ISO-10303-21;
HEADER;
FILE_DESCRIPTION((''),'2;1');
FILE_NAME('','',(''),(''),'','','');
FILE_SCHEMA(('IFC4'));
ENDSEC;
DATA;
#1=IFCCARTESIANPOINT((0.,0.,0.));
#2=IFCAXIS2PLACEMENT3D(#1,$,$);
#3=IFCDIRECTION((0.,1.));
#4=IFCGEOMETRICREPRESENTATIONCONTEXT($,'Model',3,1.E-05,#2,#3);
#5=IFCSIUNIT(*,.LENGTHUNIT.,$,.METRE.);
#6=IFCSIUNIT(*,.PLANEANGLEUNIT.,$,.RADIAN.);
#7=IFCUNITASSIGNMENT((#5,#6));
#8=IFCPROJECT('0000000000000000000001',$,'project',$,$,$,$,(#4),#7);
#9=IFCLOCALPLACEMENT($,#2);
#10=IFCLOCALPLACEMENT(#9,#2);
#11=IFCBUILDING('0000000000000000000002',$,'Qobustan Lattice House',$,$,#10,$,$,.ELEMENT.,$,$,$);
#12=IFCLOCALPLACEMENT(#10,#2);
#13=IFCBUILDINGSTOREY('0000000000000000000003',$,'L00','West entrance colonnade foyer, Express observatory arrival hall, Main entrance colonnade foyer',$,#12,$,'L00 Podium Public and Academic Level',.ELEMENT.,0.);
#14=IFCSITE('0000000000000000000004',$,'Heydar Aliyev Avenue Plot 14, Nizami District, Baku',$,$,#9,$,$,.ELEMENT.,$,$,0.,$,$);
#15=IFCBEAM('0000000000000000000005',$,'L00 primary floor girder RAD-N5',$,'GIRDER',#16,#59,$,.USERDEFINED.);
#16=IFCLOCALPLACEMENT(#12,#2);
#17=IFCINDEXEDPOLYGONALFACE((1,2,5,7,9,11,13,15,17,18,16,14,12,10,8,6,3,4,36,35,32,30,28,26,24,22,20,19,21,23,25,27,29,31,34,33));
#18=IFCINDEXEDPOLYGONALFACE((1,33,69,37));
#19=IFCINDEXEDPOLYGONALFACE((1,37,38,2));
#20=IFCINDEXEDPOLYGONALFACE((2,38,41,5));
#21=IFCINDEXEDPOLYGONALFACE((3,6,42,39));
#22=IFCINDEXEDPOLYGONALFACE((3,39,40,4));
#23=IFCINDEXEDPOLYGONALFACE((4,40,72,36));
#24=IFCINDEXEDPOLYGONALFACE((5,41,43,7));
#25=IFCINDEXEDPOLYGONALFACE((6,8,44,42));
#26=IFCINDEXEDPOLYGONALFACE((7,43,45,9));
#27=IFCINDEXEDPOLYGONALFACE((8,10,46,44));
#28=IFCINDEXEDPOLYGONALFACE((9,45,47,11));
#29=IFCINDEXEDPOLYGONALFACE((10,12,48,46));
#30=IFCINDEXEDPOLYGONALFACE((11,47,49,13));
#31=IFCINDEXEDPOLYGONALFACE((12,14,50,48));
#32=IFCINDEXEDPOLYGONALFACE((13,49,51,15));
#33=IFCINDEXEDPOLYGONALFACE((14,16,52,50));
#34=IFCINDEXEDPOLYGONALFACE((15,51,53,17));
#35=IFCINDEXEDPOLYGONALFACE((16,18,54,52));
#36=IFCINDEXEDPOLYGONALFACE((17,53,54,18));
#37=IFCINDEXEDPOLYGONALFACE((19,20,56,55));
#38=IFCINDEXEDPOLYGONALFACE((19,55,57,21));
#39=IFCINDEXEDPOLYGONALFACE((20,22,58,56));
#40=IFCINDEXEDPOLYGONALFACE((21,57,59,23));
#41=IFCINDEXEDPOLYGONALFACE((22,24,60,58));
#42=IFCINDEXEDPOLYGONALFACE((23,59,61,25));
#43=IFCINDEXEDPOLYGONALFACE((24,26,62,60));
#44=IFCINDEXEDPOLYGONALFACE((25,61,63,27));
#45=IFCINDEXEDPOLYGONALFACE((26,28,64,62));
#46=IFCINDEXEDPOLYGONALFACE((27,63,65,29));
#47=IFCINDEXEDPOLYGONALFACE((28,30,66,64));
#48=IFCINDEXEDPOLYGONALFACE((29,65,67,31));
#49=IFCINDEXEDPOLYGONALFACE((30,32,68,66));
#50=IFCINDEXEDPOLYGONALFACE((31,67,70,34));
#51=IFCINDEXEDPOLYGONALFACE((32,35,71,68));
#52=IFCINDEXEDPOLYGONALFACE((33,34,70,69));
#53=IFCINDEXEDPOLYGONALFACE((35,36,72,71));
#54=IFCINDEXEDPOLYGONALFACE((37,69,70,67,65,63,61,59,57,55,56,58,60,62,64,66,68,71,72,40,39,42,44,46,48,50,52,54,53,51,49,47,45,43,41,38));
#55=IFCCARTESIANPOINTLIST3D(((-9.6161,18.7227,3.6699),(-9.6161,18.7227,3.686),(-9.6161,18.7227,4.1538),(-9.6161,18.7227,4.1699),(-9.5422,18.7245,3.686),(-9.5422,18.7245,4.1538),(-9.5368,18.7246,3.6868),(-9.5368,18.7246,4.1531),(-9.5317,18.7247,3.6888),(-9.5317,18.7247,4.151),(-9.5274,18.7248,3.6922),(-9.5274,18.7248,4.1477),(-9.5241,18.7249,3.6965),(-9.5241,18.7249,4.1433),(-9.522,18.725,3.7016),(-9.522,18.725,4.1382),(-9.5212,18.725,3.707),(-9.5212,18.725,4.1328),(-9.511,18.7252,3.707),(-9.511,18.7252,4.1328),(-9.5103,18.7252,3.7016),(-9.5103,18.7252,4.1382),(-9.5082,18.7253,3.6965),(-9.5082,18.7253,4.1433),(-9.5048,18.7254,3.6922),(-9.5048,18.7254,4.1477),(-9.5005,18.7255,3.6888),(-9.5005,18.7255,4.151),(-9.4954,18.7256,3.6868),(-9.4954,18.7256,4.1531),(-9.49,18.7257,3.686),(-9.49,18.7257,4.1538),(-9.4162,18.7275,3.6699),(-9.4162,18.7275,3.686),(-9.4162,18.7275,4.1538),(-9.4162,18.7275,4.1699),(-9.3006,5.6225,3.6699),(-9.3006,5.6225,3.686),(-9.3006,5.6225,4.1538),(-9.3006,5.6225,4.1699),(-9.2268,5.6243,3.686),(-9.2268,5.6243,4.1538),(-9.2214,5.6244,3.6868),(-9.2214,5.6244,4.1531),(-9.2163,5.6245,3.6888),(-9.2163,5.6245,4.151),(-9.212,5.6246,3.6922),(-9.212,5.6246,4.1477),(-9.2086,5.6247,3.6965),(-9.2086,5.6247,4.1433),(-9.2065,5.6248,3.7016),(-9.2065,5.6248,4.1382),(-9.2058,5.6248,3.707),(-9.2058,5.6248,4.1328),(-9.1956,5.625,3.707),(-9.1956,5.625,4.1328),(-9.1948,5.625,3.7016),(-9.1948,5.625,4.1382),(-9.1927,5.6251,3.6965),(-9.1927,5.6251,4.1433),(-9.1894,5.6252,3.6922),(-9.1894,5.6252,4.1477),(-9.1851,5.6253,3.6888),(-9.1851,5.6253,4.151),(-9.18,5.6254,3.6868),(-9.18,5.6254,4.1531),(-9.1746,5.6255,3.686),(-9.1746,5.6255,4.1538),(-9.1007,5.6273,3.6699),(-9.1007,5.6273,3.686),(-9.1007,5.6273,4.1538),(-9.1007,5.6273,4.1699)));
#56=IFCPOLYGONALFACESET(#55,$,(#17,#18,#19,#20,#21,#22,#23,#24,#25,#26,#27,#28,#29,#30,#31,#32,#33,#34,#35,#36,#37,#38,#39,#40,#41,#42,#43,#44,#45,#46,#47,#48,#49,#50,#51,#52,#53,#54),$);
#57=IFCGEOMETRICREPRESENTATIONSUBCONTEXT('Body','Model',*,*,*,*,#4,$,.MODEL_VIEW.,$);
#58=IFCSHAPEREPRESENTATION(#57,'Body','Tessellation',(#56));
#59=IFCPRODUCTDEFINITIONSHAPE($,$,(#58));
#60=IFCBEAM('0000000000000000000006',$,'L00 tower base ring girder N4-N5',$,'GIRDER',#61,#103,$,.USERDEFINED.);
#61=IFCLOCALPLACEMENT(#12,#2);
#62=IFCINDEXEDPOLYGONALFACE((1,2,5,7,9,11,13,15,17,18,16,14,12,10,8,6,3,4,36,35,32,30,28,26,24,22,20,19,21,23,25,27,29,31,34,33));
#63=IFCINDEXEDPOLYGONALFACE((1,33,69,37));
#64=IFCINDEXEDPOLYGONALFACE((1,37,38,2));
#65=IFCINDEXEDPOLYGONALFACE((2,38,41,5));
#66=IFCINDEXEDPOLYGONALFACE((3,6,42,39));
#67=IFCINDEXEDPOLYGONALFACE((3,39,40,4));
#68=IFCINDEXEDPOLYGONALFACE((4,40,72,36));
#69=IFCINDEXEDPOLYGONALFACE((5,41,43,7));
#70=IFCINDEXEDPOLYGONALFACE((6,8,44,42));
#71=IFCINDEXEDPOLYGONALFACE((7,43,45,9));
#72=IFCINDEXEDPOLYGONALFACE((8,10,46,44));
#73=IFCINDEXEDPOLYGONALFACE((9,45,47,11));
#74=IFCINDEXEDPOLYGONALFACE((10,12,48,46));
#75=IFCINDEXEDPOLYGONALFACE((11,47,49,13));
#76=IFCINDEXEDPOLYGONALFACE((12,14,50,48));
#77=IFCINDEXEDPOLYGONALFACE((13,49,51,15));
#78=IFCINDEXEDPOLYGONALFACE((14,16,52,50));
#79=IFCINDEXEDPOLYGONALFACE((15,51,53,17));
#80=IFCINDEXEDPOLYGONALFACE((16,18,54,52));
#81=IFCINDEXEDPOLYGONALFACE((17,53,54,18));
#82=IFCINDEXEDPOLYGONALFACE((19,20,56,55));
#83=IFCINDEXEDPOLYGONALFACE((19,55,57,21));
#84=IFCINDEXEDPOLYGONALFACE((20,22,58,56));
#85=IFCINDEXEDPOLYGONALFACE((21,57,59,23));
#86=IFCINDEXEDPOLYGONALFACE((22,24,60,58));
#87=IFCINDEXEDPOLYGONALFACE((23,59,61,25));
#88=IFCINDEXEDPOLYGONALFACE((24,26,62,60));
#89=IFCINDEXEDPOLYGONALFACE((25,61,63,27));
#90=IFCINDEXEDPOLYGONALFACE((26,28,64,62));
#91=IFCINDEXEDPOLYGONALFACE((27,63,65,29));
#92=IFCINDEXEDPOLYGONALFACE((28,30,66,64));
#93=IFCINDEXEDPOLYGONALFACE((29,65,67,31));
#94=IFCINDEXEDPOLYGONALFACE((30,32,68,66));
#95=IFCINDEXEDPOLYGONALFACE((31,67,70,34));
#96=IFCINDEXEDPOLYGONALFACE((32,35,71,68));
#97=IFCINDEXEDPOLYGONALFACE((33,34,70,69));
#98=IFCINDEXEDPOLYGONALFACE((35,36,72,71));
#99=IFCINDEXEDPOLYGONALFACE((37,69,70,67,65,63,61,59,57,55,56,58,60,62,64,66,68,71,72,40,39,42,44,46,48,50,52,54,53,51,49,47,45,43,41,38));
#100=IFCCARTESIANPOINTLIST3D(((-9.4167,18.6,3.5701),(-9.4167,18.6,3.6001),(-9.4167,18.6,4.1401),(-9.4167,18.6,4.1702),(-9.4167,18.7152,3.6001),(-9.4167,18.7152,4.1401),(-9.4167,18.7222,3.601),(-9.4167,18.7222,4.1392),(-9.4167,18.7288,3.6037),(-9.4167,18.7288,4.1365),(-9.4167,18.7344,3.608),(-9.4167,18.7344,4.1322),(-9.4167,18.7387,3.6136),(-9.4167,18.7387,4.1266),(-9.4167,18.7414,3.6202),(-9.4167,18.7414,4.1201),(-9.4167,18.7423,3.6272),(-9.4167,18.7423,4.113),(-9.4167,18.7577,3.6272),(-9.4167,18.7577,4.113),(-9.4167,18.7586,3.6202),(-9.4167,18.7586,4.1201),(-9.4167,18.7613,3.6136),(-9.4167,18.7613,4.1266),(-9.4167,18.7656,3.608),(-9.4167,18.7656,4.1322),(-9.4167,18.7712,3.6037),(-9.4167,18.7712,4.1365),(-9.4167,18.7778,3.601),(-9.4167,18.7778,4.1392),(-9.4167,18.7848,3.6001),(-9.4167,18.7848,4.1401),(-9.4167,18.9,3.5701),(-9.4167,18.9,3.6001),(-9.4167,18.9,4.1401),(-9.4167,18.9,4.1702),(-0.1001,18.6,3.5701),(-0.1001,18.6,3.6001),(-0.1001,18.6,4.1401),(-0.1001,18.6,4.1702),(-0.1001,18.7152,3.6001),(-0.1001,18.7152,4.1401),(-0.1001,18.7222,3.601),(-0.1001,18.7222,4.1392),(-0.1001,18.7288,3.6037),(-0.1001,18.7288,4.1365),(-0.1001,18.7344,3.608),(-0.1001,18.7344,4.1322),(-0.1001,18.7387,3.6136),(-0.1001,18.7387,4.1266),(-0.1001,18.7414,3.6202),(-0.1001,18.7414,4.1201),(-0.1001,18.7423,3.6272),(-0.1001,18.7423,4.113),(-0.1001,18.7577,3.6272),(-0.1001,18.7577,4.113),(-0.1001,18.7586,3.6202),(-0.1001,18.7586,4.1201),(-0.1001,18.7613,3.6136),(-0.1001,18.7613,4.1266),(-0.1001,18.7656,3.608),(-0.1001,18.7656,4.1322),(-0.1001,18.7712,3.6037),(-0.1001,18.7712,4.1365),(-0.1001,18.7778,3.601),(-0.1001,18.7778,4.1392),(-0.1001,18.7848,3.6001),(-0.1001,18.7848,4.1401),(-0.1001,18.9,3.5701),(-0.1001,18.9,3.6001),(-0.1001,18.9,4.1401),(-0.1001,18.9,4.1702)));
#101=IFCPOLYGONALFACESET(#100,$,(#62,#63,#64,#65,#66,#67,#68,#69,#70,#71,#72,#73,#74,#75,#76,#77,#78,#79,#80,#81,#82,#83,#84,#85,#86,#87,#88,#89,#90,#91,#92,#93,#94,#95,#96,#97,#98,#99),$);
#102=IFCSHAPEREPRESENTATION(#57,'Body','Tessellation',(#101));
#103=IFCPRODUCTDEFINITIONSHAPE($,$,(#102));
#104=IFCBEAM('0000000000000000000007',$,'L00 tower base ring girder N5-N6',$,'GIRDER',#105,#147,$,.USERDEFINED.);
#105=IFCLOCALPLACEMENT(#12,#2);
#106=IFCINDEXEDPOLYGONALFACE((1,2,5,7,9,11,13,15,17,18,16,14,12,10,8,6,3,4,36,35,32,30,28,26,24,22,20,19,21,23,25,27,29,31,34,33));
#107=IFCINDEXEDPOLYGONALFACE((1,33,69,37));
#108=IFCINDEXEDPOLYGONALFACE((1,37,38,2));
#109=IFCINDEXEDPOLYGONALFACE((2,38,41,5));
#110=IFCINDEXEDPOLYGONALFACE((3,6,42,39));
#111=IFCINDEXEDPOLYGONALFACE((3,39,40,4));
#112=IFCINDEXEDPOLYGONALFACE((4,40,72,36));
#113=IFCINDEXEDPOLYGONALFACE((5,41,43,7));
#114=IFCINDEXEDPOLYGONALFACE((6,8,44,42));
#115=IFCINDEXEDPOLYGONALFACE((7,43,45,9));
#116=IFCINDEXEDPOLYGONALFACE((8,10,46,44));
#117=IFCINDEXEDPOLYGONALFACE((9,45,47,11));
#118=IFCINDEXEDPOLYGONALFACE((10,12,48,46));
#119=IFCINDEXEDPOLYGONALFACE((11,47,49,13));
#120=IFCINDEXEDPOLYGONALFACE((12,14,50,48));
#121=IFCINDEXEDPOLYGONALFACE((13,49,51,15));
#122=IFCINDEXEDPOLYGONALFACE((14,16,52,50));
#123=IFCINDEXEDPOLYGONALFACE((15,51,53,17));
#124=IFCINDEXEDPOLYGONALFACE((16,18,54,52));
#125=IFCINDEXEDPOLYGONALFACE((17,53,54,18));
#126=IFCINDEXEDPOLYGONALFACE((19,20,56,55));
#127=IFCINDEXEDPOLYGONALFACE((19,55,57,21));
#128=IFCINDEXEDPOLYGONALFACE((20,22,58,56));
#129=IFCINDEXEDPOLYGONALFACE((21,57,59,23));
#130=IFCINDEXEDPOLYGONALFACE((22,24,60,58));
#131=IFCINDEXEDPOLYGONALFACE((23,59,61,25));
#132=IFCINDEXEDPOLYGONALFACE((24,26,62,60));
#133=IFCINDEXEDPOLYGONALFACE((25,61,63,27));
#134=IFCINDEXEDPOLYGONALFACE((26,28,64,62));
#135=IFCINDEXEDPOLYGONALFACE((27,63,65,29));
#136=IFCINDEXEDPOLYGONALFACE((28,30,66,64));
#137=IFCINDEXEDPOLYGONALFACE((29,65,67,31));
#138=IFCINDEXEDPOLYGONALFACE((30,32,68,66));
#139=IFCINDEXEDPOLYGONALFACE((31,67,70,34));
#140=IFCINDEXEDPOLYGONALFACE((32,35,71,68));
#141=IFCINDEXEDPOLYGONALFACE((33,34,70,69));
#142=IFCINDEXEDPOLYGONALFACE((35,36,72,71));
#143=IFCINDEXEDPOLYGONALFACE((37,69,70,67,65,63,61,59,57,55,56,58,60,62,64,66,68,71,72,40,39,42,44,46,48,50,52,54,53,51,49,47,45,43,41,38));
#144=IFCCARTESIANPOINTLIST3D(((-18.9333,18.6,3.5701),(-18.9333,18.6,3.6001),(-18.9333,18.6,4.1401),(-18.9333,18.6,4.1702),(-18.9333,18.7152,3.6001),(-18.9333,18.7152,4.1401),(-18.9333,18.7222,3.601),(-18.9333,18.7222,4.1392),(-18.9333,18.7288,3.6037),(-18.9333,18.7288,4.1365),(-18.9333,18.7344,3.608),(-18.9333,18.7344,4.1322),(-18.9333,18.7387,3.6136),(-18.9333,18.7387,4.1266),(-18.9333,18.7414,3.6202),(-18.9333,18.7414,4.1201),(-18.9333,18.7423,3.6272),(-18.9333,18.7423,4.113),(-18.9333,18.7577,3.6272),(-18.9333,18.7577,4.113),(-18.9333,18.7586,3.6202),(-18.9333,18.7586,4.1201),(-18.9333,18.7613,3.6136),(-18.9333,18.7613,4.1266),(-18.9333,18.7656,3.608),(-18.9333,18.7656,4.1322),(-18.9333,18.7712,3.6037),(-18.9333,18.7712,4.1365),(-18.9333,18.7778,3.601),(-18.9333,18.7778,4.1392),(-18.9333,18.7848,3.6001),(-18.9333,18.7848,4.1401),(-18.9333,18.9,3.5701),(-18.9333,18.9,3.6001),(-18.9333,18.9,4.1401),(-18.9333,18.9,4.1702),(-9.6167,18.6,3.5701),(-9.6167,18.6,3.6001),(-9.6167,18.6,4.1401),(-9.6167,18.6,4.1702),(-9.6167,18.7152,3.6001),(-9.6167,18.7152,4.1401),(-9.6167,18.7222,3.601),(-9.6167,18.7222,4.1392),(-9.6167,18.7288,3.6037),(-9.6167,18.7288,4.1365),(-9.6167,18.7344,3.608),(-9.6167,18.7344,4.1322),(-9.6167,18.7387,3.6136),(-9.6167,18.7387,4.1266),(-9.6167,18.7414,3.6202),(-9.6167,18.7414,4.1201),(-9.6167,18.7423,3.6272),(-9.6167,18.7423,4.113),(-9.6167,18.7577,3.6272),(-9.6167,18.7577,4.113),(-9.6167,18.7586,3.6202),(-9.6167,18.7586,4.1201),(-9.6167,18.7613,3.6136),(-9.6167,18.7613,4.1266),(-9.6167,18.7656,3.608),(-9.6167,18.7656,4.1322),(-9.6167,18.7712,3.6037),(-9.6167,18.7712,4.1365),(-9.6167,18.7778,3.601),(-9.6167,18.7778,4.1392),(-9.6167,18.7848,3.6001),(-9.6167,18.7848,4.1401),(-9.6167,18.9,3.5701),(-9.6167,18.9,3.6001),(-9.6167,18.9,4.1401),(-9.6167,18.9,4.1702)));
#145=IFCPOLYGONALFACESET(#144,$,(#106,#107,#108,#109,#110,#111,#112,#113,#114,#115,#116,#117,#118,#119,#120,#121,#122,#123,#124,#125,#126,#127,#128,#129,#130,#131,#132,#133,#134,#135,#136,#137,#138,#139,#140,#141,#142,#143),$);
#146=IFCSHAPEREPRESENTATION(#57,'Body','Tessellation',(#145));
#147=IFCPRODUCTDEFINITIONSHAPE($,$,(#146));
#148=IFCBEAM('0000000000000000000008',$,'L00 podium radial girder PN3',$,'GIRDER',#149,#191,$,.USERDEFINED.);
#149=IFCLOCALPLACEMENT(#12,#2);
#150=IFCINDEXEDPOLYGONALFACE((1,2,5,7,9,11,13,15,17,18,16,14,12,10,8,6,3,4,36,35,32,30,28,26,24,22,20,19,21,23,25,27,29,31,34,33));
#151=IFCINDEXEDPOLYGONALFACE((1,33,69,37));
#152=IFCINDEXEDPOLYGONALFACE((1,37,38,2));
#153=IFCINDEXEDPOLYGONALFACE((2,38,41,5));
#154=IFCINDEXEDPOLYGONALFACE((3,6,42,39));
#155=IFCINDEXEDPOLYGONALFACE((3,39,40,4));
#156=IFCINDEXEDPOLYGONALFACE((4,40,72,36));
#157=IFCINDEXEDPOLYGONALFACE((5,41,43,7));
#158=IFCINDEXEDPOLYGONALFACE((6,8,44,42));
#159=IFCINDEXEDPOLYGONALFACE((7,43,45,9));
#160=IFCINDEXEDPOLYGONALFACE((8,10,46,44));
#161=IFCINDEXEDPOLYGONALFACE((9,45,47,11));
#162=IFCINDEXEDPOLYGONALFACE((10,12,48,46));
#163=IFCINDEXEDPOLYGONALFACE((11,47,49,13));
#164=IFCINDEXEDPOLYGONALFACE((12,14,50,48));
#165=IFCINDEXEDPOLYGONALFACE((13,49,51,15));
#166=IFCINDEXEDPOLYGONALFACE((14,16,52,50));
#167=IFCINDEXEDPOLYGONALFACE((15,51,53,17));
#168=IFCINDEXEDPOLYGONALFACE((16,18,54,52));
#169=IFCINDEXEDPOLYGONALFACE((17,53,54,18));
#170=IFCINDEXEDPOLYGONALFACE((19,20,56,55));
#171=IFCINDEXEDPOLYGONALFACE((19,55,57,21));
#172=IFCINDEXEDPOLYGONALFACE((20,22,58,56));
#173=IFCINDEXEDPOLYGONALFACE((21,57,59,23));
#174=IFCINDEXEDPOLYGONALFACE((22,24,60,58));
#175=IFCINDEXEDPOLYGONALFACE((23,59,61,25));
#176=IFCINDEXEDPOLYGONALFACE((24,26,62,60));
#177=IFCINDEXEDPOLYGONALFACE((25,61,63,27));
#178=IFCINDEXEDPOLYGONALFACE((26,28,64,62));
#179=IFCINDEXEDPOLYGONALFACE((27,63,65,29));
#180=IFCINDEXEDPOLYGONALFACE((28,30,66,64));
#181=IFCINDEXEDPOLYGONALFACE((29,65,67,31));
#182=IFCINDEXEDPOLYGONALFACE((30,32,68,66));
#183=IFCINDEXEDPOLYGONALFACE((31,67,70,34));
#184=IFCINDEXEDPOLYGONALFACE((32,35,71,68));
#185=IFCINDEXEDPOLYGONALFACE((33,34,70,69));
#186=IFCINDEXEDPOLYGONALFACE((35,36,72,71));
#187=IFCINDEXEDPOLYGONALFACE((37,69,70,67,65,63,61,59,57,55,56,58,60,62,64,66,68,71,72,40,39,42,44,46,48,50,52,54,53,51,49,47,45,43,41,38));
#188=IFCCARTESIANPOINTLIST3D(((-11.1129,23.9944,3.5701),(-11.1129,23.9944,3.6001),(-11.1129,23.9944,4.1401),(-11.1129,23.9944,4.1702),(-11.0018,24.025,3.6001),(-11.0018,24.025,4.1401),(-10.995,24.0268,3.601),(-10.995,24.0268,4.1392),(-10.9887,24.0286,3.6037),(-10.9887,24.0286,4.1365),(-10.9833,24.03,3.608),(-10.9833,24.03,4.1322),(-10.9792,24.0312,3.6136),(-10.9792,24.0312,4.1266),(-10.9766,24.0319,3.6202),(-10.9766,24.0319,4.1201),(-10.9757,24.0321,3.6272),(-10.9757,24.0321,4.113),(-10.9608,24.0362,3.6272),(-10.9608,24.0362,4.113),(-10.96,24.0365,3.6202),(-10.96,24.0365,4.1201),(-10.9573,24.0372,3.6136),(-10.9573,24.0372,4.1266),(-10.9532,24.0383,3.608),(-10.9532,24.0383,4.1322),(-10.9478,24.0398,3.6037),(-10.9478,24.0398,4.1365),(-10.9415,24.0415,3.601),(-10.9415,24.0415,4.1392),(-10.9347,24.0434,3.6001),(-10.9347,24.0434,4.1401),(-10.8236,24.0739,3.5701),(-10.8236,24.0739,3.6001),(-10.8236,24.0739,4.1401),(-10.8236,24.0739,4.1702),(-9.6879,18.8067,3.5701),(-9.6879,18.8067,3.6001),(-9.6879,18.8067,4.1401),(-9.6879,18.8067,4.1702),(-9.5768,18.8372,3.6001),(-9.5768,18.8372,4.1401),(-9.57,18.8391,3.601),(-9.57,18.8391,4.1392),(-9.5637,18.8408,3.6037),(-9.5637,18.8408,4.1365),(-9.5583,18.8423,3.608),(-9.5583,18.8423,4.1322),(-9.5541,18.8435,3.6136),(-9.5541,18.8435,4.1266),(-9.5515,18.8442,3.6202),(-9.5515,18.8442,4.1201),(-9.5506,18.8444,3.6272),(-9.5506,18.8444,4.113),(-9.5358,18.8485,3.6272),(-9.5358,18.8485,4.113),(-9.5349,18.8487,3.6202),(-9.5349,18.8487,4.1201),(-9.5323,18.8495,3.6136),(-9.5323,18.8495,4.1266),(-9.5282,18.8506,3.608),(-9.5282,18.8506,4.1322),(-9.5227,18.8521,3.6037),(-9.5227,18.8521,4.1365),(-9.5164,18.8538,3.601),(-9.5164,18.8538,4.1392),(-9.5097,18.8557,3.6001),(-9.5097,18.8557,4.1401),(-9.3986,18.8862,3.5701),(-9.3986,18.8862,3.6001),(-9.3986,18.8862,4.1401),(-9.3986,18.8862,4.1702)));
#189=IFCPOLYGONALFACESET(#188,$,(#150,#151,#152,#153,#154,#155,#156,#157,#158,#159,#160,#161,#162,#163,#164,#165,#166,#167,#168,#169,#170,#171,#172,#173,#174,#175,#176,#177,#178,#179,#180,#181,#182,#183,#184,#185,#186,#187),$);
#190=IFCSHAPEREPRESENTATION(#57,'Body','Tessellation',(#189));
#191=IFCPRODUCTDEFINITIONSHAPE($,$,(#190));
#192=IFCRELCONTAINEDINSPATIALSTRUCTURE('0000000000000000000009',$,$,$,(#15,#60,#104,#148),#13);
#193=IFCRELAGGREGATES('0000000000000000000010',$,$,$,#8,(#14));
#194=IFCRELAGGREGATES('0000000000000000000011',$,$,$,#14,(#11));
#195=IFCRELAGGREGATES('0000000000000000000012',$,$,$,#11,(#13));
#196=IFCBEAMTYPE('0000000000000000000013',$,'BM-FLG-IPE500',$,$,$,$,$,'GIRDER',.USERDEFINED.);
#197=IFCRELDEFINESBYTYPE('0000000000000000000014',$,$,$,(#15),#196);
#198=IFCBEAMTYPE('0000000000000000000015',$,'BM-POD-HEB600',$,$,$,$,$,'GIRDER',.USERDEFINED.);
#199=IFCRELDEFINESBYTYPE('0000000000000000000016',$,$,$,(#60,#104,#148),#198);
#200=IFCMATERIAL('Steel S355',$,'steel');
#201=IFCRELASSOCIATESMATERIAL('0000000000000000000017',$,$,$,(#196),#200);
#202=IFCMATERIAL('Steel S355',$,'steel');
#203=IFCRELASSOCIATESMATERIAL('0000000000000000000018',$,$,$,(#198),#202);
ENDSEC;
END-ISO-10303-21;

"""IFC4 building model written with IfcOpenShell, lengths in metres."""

from ifc_helpers import new_model, si_unit, direction, frame, origin, origin_2d, place, context, subcontext, project, spatial, i_section, extrude, material, material_profile, profile_set, type_object, element, save


model = new_model("IFC4")

# Units and contexts
model_context = context("Model", 3, precision=1e-05, world=origin(), true_north=direction((0.0, 1.0)))
body_context = subcontext(model_context, "Body", "Model", "MODEL_VIEW")
ifc_project = project(units=[si_unit("LENGTHUNIT", "METRE"), si_unit("PLANEANGLEUNIT", "RADIAN")], contexts=[model_context])

# Site, building, storey
site_placement = place(None, origin())
site = spatial("IfcSite", under=ifc_project, at=site_placement, Name="Heydar Aliyev Avenue Plot 14, Nizami District, Baku", CompositionType="ELEMENT", RefElevation=0.0)
building_placement = place(site_placement, origin())
building = spatial("IfcBuilding", under=site, at=building_placement, Name="Qobustan Lattice House", CompositionType="ELEMENT")
storey_placement = place(building_placement, origin())
storey = spatial("IfcBuildingStorey", under=building, at=storey_placement, Name="L00", Description="West entrance colonnade foyer, Express observatory arrival hall, Main entrance colonnade foyer", LongName="L00 Podium Public and Academic Level", CompositionType="ELEMENT", Elevation=0.0)

# Beams
ifc_material_1 = material(Name="Steel S355", Category="steel")
ifc_material_profile_1 = material_profile(ifc_material_1, i_section(OverallWidth=0.2, OverallDepth=0.5, WebThickness=0.0103, FlangeThickness=0.0161, FilletRadius=0.021, at=origin_2d()), Name="IPE500")
ifc_profile_set_1 = profile_set([ifc_material_profile_1], Name="Steel S355")
beam_type_1 = type_object("IfcBeamType", Name="BM-FLG-IPE500", ElementType="GIRDER", PredefinedType="USERDEFINED", material=ifc_profile_set_1)
beam_1_placement = place(storey_placement, frame((-9.5161, 18.7251, 3.9199), z_axis=(0.024071, -0.99971, 0.0), x_axis=(0.99971, 0.024071, 0.0)))
element("IfcBeam", 1, at=beam_1_placement, inside=storey, type_object=beam_type_1, Name="L00 primary floor girder RAD-N5", ObjectType="GIRDER", PredefinedType="USERDEFINED", context=body_context, shape_type="SweptSolid", body=[
    extrude(i_section(OverallWidth=0.2, OverallDepth=0.5, WebThickness=0.0103, FlangeThickness=0.0161, FilletRadius=0.021, at=origin_2d()), origin(), (0.0, 0.0, 1.0), 13.104),
])
ifc_material_2 = material(Name="Steel S355", Category="steel")
ifc_material_profile_2 = material_profile(ifc_material_2, i_section(OverallWidth=0.3, OverallDepth=0.6001, WebThickness=0.0154, FlangeThickness=0.03, FilletRadius=0.0271, at=origin_2d()), Name="HEB600")
ifc_profile_set_2 = profile_set([ifc_material_profile_2], Name="Steel S355")
beam_type_2 = type_object("IfcBeamType", Name="BM-POD-HEB600", ElementType="GIRDER", PredefinedType="USERDEFINED", material=ifc_profile_set_2)
for number, where, z_axis, x_axis, name in (
    (2, (-0.1001, 18.75, 3.8701), (-1.0, 0.0, 0.0), (0.0, -1.0, 0.0), "L00 tower base ring girder N4-N5"),
    (3, (-9.6167, 18.75, 3.8701), (-1.0, 0.0, 0.0), (0.0, -1.0, 0.0), "L00 tower base ring girder N5-N6"),
):
    element("IfcBeam", number, at=place(storey_placement, frame(where, z_axis=z_axis, x_axis=x_axis)), inside=storey, type_object=beam_type_2, Name=name, ObjectType="GIRDER", PredefinedType="USERDEFINED", context=body_context, shape_type="SweptSolid", body=[
        extrude(i_section(OverallWidth=0.3, OverallDepth=0.6001, WebThickness=0.0154, FlangeThickness=0.03, FilletRadius=0.0271, at=origin_2d()), origin(), (0.0, 0.0, 1.0), 9.3167),
    ])
beam_2_placement = place(storey_placement, frame((-10.9683, 24.0342, 3.8701), z_axis=(0.264883, -0.96428, 0.0), x_axis=(0.96428, 0.264883, 0.0)))
element("IfcBeam", 4, at=beam_2_placement, inside=storey, type_object=beam_type_2, Name="L00 podium radial girder PN3", ObjectType="GIRDER", PredefinedType="USERDEFINED", context=body_context, shape_type="SweptSolid", body=[
    extrude(i_section(OverallWidth=0.3, OverallDepth=0.6001, WebThickness=0.0154, FlangeThickness=0.03, FilletRadius=0.0271, at=origin_2d()), origin(), (0.0, 0.0, 1.0), 5.3799),
])

save(model, "model.ifc")
